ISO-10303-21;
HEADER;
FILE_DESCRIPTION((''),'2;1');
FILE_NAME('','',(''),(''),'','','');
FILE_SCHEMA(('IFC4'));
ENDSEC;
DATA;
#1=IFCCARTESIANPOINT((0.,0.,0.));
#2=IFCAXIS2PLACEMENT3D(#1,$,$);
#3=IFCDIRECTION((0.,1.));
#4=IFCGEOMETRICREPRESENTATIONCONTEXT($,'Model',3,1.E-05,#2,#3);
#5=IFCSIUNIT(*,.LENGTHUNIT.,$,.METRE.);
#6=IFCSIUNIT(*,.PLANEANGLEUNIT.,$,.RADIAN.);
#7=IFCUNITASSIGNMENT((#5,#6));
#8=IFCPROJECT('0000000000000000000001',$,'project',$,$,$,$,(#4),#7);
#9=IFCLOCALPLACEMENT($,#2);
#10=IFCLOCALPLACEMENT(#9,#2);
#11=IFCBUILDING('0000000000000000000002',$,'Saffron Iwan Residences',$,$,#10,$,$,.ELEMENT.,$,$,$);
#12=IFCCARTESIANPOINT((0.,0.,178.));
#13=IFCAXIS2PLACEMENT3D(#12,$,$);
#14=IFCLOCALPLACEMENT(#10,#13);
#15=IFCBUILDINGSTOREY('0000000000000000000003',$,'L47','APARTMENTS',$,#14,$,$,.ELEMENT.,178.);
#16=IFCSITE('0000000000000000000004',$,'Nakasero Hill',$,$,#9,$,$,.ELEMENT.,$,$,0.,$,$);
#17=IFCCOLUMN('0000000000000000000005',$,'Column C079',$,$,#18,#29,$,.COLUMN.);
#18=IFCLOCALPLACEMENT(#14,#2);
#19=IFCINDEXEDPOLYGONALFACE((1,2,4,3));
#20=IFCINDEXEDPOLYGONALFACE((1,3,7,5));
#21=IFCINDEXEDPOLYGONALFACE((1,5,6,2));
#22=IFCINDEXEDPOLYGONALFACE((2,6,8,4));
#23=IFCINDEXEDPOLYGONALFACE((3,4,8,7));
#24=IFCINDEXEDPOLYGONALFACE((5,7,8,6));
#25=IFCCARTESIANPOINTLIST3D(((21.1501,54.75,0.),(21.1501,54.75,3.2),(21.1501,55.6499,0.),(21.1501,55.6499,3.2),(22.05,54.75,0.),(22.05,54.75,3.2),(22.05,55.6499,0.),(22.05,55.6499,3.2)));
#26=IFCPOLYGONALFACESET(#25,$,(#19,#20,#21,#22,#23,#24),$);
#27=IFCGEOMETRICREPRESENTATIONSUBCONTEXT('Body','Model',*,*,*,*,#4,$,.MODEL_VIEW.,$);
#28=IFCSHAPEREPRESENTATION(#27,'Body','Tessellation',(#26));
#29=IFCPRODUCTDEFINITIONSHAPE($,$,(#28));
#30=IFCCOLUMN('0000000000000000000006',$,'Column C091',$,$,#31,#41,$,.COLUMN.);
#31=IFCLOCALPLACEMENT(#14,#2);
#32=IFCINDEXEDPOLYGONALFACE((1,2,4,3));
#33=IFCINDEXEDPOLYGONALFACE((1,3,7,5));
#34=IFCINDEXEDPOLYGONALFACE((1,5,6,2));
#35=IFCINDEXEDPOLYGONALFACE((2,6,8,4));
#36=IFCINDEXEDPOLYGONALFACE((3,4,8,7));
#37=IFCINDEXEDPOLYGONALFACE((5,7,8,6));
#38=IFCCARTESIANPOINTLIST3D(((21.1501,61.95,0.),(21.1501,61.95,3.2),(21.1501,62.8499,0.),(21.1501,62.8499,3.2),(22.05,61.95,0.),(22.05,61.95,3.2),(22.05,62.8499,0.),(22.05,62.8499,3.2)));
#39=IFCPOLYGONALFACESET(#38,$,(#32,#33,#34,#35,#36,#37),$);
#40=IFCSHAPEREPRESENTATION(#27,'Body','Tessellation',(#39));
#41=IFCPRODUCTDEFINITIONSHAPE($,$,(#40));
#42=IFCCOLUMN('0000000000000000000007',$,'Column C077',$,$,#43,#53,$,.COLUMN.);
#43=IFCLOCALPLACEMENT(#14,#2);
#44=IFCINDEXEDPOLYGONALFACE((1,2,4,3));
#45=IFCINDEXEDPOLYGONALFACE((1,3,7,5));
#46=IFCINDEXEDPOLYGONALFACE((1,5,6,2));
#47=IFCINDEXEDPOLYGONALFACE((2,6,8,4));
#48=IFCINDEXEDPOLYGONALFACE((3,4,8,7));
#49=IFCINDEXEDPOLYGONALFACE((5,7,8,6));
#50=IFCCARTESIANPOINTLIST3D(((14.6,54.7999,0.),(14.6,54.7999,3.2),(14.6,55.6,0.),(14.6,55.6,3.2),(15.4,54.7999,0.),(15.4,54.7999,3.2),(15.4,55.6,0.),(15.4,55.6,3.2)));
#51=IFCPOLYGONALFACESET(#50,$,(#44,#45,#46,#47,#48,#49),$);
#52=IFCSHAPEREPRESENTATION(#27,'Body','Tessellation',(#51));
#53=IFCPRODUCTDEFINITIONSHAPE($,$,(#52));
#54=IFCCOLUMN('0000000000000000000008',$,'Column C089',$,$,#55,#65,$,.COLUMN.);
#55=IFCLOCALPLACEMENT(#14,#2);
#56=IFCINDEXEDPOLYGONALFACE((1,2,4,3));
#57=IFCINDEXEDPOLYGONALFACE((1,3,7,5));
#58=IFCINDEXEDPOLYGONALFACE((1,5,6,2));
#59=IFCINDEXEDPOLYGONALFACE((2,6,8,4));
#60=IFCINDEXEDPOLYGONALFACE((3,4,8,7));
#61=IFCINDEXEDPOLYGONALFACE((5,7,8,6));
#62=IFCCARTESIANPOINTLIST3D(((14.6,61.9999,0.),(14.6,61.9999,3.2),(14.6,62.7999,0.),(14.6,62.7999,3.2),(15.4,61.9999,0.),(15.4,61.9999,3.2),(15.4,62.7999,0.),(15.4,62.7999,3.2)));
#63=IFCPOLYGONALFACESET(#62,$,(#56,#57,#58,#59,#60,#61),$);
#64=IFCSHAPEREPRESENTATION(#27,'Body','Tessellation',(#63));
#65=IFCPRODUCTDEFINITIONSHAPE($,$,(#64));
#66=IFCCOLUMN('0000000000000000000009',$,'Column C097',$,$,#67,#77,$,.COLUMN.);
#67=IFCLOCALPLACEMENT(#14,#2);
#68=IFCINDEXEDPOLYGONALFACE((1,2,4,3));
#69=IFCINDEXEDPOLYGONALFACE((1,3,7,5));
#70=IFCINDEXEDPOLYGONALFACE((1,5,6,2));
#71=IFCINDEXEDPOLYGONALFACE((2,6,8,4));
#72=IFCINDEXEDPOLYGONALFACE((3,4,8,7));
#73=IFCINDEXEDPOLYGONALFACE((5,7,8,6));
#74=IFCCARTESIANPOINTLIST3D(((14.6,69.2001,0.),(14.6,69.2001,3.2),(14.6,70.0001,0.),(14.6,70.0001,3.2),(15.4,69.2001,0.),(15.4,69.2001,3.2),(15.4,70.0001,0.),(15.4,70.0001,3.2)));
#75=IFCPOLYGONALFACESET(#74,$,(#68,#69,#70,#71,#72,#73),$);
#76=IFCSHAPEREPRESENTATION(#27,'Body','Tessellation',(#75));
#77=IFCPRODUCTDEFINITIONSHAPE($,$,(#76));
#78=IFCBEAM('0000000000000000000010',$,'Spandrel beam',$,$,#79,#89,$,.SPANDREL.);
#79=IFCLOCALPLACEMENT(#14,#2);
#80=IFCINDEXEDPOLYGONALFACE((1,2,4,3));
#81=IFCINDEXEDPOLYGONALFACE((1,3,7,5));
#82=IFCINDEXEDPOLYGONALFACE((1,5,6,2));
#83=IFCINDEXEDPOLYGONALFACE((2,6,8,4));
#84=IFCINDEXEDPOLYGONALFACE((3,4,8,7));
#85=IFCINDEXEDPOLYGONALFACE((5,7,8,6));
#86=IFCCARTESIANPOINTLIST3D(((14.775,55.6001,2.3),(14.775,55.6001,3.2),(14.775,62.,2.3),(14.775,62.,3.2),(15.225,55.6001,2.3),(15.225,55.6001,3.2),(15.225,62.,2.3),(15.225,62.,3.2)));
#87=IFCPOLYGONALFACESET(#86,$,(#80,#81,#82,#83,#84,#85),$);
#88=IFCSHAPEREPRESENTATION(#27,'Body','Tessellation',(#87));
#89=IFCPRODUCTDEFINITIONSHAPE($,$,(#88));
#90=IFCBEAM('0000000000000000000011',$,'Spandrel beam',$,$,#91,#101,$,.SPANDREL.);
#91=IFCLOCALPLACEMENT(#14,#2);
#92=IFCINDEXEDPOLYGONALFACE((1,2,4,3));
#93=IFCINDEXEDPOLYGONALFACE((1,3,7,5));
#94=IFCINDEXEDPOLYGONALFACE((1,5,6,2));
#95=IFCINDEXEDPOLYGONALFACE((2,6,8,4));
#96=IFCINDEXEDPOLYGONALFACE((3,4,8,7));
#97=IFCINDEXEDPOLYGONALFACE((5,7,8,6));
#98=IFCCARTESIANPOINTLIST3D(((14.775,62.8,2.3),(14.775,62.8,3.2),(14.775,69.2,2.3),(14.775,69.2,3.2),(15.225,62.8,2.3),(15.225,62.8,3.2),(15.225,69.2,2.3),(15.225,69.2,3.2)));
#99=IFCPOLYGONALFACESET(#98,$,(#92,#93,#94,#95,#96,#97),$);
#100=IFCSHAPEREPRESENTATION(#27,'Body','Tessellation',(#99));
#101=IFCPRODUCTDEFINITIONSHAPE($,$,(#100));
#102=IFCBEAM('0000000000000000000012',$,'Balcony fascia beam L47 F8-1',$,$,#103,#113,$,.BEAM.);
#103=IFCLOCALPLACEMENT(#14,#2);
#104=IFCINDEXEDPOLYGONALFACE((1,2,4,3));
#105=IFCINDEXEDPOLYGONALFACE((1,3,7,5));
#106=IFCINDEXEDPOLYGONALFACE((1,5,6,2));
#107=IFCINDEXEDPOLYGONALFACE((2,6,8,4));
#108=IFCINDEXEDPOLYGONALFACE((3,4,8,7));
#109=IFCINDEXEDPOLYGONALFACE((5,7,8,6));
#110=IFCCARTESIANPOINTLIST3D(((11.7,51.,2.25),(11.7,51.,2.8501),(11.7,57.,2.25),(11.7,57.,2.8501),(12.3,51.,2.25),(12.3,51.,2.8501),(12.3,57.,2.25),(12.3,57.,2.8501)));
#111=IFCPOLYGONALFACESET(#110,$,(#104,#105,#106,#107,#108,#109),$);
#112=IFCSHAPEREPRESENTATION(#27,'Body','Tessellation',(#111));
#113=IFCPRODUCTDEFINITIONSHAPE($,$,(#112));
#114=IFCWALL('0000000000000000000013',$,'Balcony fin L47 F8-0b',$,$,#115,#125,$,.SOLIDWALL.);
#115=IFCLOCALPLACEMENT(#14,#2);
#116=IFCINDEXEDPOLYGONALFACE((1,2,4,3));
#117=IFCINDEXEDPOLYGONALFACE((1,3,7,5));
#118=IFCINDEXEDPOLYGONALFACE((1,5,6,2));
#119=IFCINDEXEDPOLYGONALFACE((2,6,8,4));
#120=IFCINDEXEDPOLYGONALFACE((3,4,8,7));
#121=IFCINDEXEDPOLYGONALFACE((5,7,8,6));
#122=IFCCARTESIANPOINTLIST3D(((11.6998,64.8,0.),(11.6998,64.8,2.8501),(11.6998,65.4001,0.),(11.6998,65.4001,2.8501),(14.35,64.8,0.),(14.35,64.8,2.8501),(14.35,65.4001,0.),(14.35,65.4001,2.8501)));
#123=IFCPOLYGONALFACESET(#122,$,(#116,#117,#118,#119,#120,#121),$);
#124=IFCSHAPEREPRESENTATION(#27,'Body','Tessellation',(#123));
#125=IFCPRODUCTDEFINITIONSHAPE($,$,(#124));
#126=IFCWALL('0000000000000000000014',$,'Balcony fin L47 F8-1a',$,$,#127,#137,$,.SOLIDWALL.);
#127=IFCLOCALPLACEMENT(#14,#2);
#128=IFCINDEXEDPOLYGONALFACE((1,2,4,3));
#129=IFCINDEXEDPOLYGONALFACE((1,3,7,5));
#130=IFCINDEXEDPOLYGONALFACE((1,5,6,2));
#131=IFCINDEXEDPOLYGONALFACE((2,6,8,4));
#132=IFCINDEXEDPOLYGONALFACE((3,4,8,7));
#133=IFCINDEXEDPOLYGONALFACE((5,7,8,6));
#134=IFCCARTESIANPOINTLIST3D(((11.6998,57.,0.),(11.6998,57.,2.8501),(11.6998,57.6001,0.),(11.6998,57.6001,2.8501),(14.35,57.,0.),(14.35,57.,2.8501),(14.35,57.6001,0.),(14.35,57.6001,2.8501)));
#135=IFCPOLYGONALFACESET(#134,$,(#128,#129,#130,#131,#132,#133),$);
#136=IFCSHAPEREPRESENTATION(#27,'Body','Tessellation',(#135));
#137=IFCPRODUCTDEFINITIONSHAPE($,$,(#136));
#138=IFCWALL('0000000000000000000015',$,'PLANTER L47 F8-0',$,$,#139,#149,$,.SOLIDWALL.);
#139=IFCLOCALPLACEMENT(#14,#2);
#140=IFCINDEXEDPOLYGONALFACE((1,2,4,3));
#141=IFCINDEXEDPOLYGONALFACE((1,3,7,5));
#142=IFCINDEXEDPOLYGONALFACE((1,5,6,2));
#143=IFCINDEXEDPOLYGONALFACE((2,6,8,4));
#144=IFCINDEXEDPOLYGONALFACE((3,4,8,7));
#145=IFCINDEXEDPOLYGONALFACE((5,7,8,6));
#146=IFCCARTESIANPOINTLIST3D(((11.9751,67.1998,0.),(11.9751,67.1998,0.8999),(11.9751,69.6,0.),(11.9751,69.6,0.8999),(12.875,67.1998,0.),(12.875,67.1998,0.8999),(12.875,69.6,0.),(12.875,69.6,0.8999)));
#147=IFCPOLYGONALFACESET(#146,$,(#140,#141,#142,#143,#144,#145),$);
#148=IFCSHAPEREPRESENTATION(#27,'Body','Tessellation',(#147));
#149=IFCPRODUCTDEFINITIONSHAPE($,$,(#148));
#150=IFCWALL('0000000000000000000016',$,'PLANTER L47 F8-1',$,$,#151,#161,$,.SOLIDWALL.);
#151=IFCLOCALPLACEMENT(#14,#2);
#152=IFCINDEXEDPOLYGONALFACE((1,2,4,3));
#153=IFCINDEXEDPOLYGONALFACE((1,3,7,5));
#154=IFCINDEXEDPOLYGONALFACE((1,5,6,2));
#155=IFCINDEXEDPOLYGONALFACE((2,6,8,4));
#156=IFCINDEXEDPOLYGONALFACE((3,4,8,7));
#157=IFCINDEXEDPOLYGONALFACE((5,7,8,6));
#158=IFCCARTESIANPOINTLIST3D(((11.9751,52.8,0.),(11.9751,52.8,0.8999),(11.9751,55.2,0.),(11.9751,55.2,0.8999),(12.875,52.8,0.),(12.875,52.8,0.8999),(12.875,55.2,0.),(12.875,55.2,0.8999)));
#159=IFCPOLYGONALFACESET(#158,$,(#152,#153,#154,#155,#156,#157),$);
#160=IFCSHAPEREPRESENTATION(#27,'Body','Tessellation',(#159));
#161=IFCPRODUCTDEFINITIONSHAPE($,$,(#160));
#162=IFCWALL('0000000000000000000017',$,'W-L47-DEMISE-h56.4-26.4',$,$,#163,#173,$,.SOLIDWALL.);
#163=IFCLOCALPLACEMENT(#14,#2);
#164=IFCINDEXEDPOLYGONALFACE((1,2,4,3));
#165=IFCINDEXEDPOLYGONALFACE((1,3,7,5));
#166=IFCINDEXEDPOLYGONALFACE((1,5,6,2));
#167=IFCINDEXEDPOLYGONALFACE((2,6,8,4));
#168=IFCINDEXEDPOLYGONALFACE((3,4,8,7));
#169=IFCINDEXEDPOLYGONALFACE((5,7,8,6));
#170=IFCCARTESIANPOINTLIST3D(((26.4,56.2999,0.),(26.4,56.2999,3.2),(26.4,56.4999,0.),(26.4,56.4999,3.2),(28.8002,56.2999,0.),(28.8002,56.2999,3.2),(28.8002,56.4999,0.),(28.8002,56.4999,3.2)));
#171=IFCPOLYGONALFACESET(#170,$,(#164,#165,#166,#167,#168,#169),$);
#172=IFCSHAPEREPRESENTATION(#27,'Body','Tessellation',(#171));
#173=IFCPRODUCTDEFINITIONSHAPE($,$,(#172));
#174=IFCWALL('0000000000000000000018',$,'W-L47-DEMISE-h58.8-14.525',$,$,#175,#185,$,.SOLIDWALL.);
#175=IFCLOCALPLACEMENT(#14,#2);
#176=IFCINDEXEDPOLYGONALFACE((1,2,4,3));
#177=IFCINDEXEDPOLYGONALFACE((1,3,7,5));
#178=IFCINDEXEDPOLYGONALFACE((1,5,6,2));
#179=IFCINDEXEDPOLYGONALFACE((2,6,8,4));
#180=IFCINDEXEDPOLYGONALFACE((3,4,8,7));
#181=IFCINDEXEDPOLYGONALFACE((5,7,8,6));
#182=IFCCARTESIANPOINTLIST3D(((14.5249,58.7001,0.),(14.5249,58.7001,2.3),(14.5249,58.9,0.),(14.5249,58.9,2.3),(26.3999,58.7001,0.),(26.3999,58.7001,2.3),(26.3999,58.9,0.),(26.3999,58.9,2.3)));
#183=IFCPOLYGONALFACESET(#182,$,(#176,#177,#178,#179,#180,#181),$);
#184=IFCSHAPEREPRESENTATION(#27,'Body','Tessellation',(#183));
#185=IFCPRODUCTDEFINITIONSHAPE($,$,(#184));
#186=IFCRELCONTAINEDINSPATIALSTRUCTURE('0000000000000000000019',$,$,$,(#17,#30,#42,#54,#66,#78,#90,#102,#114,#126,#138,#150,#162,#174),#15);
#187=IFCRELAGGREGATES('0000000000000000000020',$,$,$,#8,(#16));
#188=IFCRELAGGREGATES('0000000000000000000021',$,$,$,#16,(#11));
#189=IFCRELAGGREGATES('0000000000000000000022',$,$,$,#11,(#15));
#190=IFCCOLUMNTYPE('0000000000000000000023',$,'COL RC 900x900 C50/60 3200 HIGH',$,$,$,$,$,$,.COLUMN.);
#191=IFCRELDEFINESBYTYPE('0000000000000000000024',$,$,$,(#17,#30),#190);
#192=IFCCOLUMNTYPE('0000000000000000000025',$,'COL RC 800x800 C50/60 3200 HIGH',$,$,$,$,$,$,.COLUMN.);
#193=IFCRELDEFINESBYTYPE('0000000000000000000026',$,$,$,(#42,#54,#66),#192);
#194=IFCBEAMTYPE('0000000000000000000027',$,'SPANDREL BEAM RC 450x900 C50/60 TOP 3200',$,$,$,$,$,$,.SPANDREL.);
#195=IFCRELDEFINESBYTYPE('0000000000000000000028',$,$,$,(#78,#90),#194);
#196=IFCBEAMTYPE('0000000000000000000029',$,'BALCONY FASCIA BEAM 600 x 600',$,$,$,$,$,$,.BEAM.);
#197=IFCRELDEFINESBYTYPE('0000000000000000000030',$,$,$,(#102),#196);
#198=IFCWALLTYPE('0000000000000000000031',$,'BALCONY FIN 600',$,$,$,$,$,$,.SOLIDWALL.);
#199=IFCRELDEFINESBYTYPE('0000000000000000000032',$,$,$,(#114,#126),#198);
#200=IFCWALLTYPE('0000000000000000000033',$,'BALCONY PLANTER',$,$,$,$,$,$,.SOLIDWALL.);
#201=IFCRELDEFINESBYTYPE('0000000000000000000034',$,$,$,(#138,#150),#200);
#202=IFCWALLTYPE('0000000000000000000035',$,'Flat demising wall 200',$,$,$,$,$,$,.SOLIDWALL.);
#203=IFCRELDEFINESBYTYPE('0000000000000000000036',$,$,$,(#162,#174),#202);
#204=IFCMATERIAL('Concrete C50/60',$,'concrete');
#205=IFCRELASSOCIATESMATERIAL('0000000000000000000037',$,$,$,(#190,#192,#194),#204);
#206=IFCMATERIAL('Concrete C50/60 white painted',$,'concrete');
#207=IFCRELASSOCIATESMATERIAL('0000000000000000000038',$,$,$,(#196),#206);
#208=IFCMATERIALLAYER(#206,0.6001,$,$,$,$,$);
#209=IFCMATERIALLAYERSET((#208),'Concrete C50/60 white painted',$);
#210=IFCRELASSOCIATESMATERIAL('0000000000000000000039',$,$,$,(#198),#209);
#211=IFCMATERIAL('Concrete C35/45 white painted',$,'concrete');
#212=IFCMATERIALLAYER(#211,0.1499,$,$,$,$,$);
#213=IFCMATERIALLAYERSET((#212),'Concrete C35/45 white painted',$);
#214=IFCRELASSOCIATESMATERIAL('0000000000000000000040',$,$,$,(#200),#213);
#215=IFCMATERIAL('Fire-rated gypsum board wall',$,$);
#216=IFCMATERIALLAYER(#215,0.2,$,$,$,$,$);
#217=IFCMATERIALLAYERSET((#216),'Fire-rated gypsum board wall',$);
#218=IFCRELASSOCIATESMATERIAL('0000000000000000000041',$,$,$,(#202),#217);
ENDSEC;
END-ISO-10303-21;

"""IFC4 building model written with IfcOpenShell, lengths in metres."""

from ifc_helpers import new_model, si_unit, direction, frame, frame_2d, origin, origin_2d, place, context, subcontext, project, spatial, rectangle, extrude, source, transform, mapped, material, layer, layer_set, material_profile, profile_set, type_object, element, save


model = new_model("IFC4")

# Units and contexts
model_context = context("Model", 3, precision=1e-05, world=origin(), true_north=direction((0.0, 1.0)))
body_context = subcontext(model_context, "Body", "Model", "MODEL_VIEW")
ifc_project = project(units=[si_unit("LENGTHUNIT", "METRE"), si_unit("PLANEANGLEUNIT", "RADIAN")], contexts=[model_context])

# Site, building, storey
site_placement = place(None, origin())
site = spatial("IfcSite", under=ifc_project, at=site_placement, Name="Nakasero Hill", CompositionType="ELEMENT", RefElevation=0.0)
building_placement = place(site_placement, origin())
building = spatial("IfcBuilding", under=site, at=building_placement, Name="Saffron Iwan Residences", CompositionType="ELEMENT")
storey_placement = place(building_placement, frame((0.0, 0.0, 178.0)))
storey = spatial("IfcBuildingStorey", under=building, at=storey_placement, Name="L47", Description="APARTMENTS", CompositionType="ELEMENT", Elevation=178.0)

# Columns
ifc_material_1 = material(Name="Concrete C50/60", Category="concrete")
ifc_material_profile_1 = material_profile(ifc_material_1, rectangle(XDim=0.8999, YDim=0.8999, at=origin_2d()), Name="RC 900x900")
ifc_profile_set_1 = profile_set([ifc_material_profile_1], Name="Concrete C50/60")
column_type_1 = type_object("IfcColumnType", Name="COL RC 900x900 C50/60 3200 HIGH", PredefinedType="COLUMN", material=ifc_profile_set_1)
shared_shape_1 = source(origin(), body_context, "Body", "SweptSolid", [
    extrude(rectangle(XDim=0.8999, YDim=0.8999, at=origin_2d()), origin(), (0.0, 0.0, 1.0), 3.2),
])
for number, where, z_axis, x_axis, name in (
    (1, (21.6001, 55.2, 0.0), (0.0, 0.0, 1.0), (1.0, 0.0, 0.0), "Column C079"),
    (2, (21.6001, 62.3999, 0.0), (0.0, 0.0, 1.0), (1.0, 0.0, 0.0), "Column C091"),
):
    element("IfcColumn", number, at=place(storey_placement, frame(where, z_axis=z_axis, x_axis=x_axis)), inside=storey, type_object=column_type_1, Name=name, PredefinedType="COLUMN", context=body_context, shape_type="MappedRepresentation", body=[
        mapped(shared_shape_1, transform((0.0, 0.0, 0.0))),
    ])
ifc_material_profile_2 = material_profile(ifc_material_1, rectangle(XDim=0.8, YDim=0.8, at=origin_2d()), Name="RC 800x800")
ifc_profile_set_2 = profile_set([ifc_material_profile_2], Name="Concrete C50/60")
column_type_2 = type_object("IfcColumnType", Name="COL RC 800x800 C50/60 3200 HIGH", PredefinedType="COLUMN", material=ifc_profile_set_2)
shared_shape_2 = source(origin(), body_context, "Body", "SweptSolid", [
    extrude(rectangle(XDim=0.8, YDim=0.8, at=origin_2d()), origin(), (0.0, 0.0, 1.0), 3.2),
])
for number, where, z_axis, x_axis, name in (
    (3, (15.0, 55.2, 0.0), (0.0, 0.0, 1.0), (1.0, 0.0, 0.0), "Column C077"),
    (4, (15.0, 62.3999, 0.0), (0.0, 0.0, 1.0), (1.0, 0.0, 0.0), "Column C089"),
    (5, (15.0, 69.6001, 0.0), (0.0, 0.0, 1.0), (1.0, 0.0, 0.0), "Column C097"),
):
    element("IfcColumn", number, at=place(storey_placement, frame(where, z_axis=z_axis, x_axis=x_axis)), inside=storey, type_object=column_type_2, Name=name, PredefinedType="COLUMN", context=body_context, shape_type="MappedRepresentation", body=[
        mapped(shared_shape_2, transform((0.0, 0.0, 0.0))),
    ])

# Beams
ifc_material_profile_3 = material_profile(ifc_material_1, rectangle(XDim=0.45, YDim=0.8999, at=origin_2d()), Name="RC 450x900")
ifc_profile_set_3 = profile_set([ifc_material_profile_3], Name="Concrete C50/60")
beam_type_1 = type_object("IfcBeamType", Name="SPANDREL BEAM RC 450x900 C50/60 TOP 3200", PredefinedType="SPANDREL", material=ifc_profile_set_3)
shared_shape_3 = source(origin(), body_context, "Body", "SweptSolid", [
    extrude(rectangle(XDim=0.45, YDim=0.8999, at=origin_2d()), origin(), (0.0, 0.0, 1.0), 6.3999),
])
for number, where, z_axis, x_axis, name in (
    (6, (15.0, 55.6001, 2.75), (0.0, 1.0, 0.0), (-1.0, 0.0, 0.0), "Spandrel beam"),
    (7, (15.0, 62.8, 2.75), (0.0, 1.0, 0.0), (-1.0, 0.0, 0.0), "Spandrel beam"),
):
    element("IfcBeam", number, at=place(storey_placement, frame(where, z_axis=z_axis, x_axis=x_axis)), inside=storey, type_object=beam_type_1, Name=name, PredefinedType="SPANDREL", context=body_context, shape_type="MappedRepresentation", body=[
        mapped(shared_shape_3, transform((0.0, 0.0, 0.0))),
    ])
ifc_material_2 = material(Name="Concrete C50/60 white painted", Category="concrete")
ifc_material_profile_4 = material_profile(ifc_material_2, rectangle(XDim=0.6001, YDim=0.6001, at=origin_2d()), Name="BALCONY FASCIA BEAM 600 x 600")
ifc_profile_set_4 = profile_set([ifc_material_profile_4], Name="Concrete C50/60 white painted")
beam_type_2 = type_object("IfcBeamType", Name="BALCONY FASCIA BEAM 600 x 600", PredefinedType="BEAM", material=ifc_profile_set_4)
shared_shape_4 = source(origin(), body_context, "Body", "SweptSolid", [
    extrude(rectangle(XDim=0.6001, YDim=0.6001, at=origin_2d()), origin(), (0.0, 0.0, 1.0), 6.0),
])
beam_placement = place(storey_placement, frame((12.0, 57.0, 2.55), z_axis=(0.0, -1.0, 0.0), x_axis=(1.0, 0.0, 0.0)))
element("IfcBeam", 8, at=beam_placement, inside=storey, type_object=beam_type_2, Name="Balcony fascia beam L47 F8-1", PredefinedType="BEAM", context=body_context, shape_type="MappedRepresentation", body=[
    mapped(shared_shape_4, transform((0.0, 0.0, 0.0))),
])

# Walls
ifc_layer_1 = layer(ifc_material_2, 0.6001)
ifc_layer_set_1 = layer_set([ifc_layer_1], Name="Concrete C50/60 white painted")
wall_type_1 = type_object("IfcWallType", Name="BALCONY FIN 600", PredefinedType="SOLIDWALL", material=ifc_layer_set_1)
for number, where, z_axis, x_axis, name in (
    (9, (14.3501, 65.1001, 0.0), (0.0, 0.0, 1.0), (-1.0, 0.0, 0.0), "Balcony fin L47 F8-0b"),
    (10, (14.3501, 57.3, 0.0), (0.0, 0.0, 1.0), (-1.0, 0.0, 0.0), "Balcony fin L47 F8-1a"),
):
    element("IfcWall", number, at=place(storey_placement, frame(where, z_axis=z_axis, x_axis=x_axis)), inside=storey, type_object=wall_type_1, Name=name, PredefinedType="SOLIDWALL", context=body_context, shape_type="SweptSolid", body=[
        extrude(rectangle(XDim=2.6501, YDim=0.6001, at=frame_2d((1.3252, 0.0))), origin(), (0.0, 0.0, 1.0), 2.8501),
    ])
ifc_material_3 = material(Name="Concrete C35/45 white painted", Category="concrete")
ifc_layer_2 = layer(ifc_material_3, 0.1499)
ifc_layer_set_2 = layer_set([ifc_layer_2], Name="Concrete C35/45 white painted")
wall_type_2 = type_object("IfcWallType", Name="BALCONY PLANTER", PredefinedType="SOLIDWALL", material=ifc_layer_set_2)
wall_1_placement = place(storey_placement, frame((12.425, 69.6001, 0.0), z_axis=(0.0, 0.0, 1.0), x_axis=(0.0, -1.0, 0.0)))
element("IfcWall", 11, at=wall_1_placement, inside=storey, type_object=wall_type_2, Name="PLANTER L47 F8-0", PredefinedType="SOLIDWALL", context=body_context, shape_type="SweptSolid", body=[
    extrude(rectangle(XDim=2.4001, YDim=0.8999, at=frame_2d((1.2002, 0.0))), origin(), (0.0, 0.0, 1.0), 0.8999),
])
wall_2_placement = place(storey_placement, frame((12.425, 55.2, 0.0), z_axis=(0.0, 0.0, 1.0), x_axis=(0.0, -1.0, 0.0)))
element("IfcWall", 12, at=wall_2_placement, inside=storey, type_object=wall_type_2, Name="PLANTER L47 F8-1", PredefinedType="SOLIDWALL", context=body_context, shape_type="SweptSolid", body=[
    extrude(rectangle(XDim=2.3999, YDim=0.8999, at=frame_2d((1.2, 0.0))), origin(), (0.0, 0.0, 1.0), 0.8999),
])
ifc_material_4 = material(Name="Fire-rated gypsum board wall")
ifc_layer_3 = layer(ifc_material_4, 0.2)
ifc_layer_set_3 = layer_set([ifc_layer_3], Name="Fire-rated gypsum board wall")
wall_type_3 = type_object("IfcWallType", Name="Flat demising wall 200", PredefinedType="SOLIDWALL", material=ifc_layer_set_3)
wall_3_placement = place(storey_placement, frame((26.3999, 56.3999, 0.0), z_axis=(0.0, 0.0, 1.0), x_axis=(1.0, 0.0, 0.0)))
element("IfcWall", 13, at=wall_3_placement, inside=storey, type_object=wall_type_3, Name="W-L47-DEMISE-h56.4-26.4", PredefinedType="SOLIDWALL", context=body_context, shape_type="SweptSolid", body=[
    extrude(rectangle(XDim=2.4001, YDim=0.2, at=frame_2d((1.2002, 0.0))), origin(), (0.0, 0.0, 1.0), 3.2),
])
wall_4_placement = place(storey_placement, frame((14.5249, 58.8, 0.0), z_axis=(0.0, 0.0, 1.0), x_axis=(1.0, 0.0, 0.0)))
element("IfcWall", 14, at=wall_4_placement, inside=storey, type_object=wall_type_3, Name="W-L47-DEMISE-h58.8-14.525", PredefinedType="SOLIDWALL", context=body_context, shape_type="SweptSolid", body=[
    extrude(rectangle(XDim=11.875, YDim=0.2, at=frame_2d((5.9375, 0.0))), origin(), (0.0, 0.0, 1.0), 2.3),
])

save(model, "model.ifc")
